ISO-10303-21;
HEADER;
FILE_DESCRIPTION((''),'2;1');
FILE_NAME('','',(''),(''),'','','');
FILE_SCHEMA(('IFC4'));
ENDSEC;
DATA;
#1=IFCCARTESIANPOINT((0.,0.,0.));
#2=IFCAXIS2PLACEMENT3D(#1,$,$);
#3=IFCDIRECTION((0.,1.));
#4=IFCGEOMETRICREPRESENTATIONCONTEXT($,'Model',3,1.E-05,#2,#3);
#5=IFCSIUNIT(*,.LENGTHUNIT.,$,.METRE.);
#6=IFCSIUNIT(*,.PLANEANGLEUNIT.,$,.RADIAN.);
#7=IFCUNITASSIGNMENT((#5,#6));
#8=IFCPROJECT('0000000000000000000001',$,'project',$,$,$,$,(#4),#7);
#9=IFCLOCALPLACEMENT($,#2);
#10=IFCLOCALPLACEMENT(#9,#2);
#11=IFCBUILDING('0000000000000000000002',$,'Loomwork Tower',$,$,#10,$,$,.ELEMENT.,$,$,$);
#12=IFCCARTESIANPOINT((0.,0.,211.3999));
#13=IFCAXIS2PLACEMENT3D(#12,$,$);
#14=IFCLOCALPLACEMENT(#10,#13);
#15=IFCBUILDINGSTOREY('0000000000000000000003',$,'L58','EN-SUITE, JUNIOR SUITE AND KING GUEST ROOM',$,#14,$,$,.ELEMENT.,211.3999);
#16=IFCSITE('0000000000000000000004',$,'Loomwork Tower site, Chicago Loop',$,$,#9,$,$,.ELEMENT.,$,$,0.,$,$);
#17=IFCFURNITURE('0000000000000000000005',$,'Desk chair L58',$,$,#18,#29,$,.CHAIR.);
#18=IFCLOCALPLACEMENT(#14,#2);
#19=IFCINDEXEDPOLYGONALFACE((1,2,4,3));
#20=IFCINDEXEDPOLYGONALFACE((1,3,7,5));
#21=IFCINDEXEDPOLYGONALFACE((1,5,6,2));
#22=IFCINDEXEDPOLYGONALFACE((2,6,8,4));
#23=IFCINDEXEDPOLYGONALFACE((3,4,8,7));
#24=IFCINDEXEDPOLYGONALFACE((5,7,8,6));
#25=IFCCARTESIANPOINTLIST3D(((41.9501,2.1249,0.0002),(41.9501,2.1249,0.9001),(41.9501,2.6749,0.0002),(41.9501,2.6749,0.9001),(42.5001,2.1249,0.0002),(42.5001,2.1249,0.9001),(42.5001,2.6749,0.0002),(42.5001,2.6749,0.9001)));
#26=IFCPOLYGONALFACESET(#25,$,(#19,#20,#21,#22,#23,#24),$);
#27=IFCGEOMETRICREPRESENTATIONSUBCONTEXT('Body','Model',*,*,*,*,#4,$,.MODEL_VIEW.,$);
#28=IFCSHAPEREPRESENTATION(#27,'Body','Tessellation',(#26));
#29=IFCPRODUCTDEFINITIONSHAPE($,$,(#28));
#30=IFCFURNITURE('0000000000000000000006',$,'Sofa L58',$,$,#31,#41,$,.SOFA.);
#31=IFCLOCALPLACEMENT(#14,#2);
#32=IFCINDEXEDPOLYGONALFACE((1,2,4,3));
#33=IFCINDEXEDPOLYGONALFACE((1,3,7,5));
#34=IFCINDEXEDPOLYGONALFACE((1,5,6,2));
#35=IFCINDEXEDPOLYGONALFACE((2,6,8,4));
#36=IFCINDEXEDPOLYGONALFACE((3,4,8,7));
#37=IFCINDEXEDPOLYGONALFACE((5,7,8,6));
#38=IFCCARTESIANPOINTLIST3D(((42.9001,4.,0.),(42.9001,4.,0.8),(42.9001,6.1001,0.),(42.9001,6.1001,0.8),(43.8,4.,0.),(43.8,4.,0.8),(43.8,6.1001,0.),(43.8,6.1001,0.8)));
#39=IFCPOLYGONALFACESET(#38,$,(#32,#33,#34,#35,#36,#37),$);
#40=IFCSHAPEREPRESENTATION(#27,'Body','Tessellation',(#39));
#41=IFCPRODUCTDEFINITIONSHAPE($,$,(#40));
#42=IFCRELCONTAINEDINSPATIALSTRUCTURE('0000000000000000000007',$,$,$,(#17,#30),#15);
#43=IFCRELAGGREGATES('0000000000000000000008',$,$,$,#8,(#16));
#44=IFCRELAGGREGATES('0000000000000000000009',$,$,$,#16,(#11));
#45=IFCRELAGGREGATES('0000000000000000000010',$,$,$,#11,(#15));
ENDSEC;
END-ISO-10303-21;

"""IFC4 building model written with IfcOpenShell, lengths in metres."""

from ifc_helpers import new_model, si_unit, direction, frame, origin, origin_2d, place, context, subcontext, project, spatial, rectangle, extrude, element, save


model = new_model("IFC4")

# Units and contexts
model_context = context("Model", 3, precision=1e-05, world=origin(), true_north=direction((0.0, 1.0)))
body_context = subcontext(model_context, "Body", "Model", "MODEL_VIEW")
ifc_project = project(units=[si_unit("LENGTHUNIT", "METRE"), si_unit("PLANEANGLEUNIT", "RADIAN")], contexts=[model_context])

# Site, building, storey
site_placement = place(None, origin())
site = spatial("IfcSite", under=ifc_project, at=site_placement, Name="Loomwork Tower site, Chicago Loop", CompositionType="ELEMENT", RefElevation=0.0)
building_placement = place(site_placement, origin())
building = spatial("IfcBuilding", under=site, at=building_placement, Name="Loomwork Tower", CompositionType="ELEMENT")
storey_placement = place(building_placement, frame((0.0, 0.0, 211.3999)))
storey = spatial("IfcBuildingStorey", under=building, at=storey_placement, Name="L58", Description="EN-SUITE, JUNIOR SUITE AND KING GUEST ROOM", CompositionType="ELEMENT", Elevation=211.3999)

# Furniture
furniture_1_placement = place(storey_placement, frame((42.2251, 2.3999, 0.0002), z_axis=(0.0, 0.0, 1.0), x_axis=(1.0, 0.0, 0.0)))
element("IfcFurniture", 1, at=furniture_1_placement, inside=storey, Name="Desk chair L58", PredefinedType="CHAIR", context=body_context, shape_type="SweptSolid", body=[
    extrude(rectangle(XDim=0.55, YDim=0.55, at=origin_2d()), origin(), (0.0, 0.0, 1.0), 0.8999),
])
furniture_2_placement = place(storey_placement, frame((43.3501, 5.05, 0.0), z_axis=(0.0, 0.0, 1.0), x_axis=(1.0, 0.0, 0.0)))
element("IfcFurniture", 2, at=furniture_2_placement, inside=storey, Name="Sofa L58", PredefinedType="SOFA", context=body_context, shape_type="SweptSolid", body=[
    extrude(rectangle(XDim=0.8999, YDim=2.1001, at=origin_2d()), origin(), (0.0, 0.0, 1.0), 0.8),
])

save(model, "model.ifc")
